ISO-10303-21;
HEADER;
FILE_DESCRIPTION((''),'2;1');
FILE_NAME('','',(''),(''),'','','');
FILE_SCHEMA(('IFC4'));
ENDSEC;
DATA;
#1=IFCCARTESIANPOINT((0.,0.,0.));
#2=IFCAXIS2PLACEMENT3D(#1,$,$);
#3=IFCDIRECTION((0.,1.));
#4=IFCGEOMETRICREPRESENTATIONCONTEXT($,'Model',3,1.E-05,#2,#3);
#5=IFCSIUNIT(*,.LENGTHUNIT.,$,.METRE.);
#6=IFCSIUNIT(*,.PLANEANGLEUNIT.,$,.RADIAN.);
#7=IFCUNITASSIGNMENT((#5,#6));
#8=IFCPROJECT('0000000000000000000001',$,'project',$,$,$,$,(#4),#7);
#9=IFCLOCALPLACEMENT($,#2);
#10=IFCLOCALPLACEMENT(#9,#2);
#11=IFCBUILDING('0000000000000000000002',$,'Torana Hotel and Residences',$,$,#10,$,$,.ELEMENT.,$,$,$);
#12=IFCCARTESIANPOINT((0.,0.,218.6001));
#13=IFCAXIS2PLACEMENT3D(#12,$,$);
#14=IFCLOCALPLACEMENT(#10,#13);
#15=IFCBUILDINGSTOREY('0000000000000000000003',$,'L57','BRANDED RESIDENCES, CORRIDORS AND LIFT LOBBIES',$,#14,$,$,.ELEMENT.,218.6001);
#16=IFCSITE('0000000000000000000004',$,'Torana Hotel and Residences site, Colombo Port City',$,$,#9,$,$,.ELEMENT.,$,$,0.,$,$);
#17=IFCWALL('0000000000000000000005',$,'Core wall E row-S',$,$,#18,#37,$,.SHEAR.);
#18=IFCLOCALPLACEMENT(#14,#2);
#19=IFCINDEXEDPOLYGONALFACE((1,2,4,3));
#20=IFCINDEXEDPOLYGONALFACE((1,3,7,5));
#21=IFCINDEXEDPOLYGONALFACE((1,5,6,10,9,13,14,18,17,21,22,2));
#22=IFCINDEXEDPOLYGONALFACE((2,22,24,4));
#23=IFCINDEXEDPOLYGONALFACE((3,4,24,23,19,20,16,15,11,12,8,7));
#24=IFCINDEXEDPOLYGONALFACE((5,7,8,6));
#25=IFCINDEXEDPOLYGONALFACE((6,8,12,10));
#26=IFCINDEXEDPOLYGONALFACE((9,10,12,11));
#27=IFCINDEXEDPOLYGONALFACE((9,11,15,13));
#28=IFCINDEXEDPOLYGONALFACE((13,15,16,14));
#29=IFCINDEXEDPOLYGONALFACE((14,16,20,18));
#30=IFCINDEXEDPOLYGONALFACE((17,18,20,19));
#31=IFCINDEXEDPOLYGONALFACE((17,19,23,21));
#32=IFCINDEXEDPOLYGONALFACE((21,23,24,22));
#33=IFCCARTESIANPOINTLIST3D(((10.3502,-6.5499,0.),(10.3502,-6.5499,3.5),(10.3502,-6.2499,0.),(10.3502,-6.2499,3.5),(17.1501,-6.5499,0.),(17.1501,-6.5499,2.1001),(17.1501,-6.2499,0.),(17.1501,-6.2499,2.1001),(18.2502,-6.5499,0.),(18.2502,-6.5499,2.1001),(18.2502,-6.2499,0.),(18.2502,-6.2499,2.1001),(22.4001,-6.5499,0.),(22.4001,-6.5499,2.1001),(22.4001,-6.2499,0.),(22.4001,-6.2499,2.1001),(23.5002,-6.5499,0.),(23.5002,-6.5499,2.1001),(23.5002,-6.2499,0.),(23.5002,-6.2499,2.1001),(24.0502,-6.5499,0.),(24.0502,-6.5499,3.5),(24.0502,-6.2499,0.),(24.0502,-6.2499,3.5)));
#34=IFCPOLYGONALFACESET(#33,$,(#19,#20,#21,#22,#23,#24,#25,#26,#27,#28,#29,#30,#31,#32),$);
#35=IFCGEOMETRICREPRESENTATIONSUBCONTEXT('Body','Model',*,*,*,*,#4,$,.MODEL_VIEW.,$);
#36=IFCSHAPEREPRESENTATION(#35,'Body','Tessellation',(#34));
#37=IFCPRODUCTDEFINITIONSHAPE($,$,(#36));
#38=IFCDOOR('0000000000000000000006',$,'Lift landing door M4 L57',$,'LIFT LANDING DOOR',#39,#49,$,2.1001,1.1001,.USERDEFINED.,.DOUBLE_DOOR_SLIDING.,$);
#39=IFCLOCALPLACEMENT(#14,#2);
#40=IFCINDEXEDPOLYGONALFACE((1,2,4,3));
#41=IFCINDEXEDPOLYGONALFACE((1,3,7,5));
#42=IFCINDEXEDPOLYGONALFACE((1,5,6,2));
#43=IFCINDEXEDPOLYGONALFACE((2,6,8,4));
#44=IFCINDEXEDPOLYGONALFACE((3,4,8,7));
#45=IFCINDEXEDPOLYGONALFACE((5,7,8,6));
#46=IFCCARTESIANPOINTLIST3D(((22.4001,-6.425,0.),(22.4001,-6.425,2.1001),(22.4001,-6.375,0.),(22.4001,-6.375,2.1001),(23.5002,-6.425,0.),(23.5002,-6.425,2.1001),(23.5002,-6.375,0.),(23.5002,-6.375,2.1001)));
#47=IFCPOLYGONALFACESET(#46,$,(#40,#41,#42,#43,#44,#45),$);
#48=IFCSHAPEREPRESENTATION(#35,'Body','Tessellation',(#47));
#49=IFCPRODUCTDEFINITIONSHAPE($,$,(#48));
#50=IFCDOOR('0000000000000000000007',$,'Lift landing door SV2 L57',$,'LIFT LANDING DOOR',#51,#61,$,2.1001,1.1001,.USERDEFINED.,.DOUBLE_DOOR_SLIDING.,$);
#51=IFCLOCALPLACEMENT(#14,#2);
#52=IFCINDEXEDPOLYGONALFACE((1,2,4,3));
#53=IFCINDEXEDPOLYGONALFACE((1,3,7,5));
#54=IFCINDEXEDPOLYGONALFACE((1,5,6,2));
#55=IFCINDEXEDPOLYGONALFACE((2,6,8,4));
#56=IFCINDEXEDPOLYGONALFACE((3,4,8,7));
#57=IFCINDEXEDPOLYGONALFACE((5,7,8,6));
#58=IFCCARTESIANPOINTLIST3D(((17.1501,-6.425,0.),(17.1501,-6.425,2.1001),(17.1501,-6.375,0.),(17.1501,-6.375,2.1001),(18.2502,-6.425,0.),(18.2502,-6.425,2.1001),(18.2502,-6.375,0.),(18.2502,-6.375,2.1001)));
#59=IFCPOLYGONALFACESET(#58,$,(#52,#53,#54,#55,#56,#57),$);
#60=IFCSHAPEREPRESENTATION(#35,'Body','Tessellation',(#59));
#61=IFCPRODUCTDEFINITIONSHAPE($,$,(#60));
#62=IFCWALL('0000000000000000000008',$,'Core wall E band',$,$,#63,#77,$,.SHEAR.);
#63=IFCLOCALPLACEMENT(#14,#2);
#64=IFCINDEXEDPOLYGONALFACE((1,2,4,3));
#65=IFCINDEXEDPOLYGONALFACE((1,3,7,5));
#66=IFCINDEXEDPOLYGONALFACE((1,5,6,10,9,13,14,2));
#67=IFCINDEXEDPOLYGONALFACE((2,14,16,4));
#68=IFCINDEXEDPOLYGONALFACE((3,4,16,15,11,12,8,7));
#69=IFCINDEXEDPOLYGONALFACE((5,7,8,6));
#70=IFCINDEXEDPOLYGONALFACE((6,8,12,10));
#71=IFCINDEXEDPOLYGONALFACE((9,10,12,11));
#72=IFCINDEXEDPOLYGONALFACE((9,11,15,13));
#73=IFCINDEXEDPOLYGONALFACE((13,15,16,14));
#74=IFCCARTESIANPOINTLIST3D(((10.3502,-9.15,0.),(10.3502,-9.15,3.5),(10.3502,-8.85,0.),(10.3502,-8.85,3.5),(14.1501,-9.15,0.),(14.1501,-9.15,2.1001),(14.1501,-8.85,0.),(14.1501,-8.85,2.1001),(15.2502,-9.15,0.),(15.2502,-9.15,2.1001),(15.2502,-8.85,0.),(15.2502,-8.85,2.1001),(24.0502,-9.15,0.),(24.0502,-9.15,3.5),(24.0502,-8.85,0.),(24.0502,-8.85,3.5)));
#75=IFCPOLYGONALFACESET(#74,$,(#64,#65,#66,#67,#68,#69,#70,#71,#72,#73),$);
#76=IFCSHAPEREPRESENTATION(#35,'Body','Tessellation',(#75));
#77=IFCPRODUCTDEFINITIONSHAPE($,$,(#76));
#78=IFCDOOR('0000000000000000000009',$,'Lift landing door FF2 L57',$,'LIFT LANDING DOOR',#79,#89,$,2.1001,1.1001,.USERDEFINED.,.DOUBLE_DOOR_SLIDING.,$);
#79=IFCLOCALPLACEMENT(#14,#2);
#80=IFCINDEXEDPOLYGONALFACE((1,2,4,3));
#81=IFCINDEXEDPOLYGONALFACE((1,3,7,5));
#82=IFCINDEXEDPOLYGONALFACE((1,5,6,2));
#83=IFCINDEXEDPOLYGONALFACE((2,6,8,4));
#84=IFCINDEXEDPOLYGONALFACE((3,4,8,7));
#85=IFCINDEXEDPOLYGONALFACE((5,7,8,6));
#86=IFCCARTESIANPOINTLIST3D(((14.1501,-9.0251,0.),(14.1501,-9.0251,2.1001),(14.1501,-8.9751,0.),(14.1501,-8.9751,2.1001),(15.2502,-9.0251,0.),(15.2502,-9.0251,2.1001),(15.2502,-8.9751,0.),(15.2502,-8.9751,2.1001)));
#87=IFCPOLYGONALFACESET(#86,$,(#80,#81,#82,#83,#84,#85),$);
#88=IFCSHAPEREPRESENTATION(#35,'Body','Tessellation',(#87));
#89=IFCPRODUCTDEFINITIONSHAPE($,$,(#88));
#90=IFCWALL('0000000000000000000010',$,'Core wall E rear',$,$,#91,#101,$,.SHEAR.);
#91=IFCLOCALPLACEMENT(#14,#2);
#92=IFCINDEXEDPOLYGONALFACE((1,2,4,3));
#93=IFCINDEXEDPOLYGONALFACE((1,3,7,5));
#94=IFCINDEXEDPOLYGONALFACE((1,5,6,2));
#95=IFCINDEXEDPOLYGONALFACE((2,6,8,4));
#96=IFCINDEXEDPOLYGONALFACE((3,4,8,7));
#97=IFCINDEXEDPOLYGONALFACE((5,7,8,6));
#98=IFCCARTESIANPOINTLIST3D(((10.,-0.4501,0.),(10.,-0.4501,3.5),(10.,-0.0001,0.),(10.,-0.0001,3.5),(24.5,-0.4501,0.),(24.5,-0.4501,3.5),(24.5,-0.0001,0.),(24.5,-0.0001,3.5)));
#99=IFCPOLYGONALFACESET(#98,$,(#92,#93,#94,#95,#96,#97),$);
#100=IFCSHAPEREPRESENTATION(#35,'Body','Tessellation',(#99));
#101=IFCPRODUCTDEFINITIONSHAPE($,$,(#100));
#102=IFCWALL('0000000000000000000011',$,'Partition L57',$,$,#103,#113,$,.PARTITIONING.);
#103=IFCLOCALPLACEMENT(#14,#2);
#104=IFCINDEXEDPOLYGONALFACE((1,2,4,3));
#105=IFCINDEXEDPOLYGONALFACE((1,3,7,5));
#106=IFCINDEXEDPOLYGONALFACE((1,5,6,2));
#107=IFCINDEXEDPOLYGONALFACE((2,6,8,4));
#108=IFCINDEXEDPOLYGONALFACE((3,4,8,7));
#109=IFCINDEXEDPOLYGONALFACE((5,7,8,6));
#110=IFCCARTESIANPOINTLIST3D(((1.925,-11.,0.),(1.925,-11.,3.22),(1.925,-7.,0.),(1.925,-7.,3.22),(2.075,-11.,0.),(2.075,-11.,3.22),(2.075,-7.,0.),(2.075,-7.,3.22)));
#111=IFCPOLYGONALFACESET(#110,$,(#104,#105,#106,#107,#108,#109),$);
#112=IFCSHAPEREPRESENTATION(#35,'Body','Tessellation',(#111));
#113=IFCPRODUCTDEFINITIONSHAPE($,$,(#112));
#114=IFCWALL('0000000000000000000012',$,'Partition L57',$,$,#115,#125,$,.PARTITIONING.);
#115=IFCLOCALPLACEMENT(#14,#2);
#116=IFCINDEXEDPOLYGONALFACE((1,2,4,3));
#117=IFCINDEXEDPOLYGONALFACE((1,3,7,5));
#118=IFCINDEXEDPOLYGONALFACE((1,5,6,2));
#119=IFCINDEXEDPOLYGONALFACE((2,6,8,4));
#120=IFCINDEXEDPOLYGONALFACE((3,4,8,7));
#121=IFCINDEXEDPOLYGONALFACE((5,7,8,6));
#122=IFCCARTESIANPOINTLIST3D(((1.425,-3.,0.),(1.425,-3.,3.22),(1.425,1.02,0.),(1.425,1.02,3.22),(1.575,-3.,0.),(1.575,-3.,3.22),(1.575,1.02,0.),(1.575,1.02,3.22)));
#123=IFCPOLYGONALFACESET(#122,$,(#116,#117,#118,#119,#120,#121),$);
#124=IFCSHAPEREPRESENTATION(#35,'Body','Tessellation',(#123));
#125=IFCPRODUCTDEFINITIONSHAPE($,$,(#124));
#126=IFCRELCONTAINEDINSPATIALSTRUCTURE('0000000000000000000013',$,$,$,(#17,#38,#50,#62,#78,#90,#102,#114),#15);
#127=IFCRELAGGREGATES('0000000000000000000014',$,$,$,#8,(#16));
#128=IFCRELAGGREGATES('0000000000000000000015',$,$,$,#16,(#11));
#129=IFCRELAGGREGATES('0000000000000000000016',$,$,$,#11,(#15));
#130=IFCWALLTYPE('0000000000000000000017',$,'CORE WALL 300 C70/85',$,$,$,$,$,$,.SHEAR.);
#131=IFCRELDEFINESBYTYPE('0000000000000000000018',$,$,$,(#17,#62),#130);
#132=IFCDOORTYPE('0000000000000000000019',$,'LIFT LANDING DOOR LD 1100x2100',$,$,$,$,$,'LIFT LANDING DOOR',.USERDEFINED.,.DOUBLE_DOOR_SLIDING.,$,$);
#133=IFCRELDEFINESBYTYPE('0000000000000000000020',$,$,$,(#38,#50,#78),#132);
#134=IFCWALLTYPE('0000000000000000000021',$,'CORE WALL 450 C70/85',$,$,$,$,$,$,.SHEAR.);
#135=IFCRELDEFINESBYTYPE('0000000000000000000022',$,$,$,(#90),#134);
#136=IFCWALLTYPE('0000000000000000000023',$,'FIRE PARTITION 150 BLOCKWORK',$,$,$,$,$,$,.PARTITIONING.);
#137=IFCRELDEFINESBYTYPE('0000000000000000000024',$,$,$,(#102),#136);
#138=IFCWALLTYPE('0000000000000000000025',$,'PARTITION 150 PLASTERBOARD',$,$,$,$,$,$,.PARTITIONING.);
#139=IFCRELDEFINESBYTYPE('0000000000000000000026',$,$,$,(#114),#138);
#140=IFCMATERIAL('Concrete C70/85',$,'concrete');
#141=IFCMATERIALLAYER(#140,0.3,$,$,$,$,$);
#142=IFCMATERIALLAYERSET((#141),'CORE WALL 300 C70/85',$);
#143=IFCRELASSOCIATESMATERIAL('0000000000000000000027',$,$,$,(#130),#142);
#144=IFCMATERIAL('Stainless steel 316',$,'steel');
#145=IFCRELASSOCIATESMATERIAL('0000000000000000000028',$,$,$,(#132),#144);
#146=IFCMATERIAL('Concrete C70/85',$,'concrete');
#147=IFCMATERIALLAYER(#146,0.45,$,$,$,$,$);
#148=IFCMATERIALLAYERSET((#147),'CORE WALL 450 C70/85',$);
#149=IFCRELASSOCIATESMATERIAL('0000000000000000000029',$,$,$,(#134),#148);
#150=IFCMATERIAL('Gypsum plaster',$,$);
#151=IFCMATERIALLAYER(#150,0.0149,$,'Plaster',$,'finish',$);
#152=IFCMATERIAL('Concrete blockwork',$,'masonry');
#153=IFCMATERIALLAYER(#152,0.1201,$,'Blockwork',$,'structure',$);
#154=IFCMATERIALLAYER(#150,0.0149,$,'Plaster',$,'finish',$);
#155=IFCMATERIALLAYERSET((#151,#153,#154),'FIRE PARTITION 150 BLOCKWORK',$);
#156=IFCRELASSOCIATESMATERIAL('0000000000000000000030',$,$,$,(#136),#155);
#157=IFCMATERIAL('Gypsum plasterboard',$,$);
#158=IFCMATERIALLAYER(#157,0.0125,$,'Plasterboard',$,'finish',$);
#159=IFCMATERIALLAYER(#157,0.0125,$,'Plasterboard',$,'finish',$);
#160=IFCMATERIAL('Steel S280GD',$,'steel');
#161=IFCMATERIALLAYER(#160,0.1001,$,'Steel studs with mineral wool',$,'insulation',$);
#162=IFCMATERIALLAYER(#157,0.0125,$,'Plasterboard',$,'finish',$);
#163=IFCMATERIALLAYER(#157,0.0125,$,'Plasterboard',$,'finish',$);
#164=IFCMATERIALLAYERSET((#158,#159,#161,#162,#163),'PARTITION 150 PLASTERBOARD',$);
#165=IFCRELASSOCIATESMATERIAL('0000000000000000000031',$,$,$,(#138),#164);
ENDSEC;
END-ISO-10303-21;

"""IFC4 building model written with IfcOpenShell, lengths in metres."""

from ifc_helpers import new_model, si_unit, direction, frame, frame_2d, origin, place, context, subcontext, project, spatial, rectangle, extrude, material, layer, layer_set, type_object, element, fill, save


model = new_model("IFC4")

# Units and contexts
model_context = context("Model", 3, precision=1e-05, world=origin(), true_north=direction((0.0, 1.0)))
body_context = subcontext(model_context, "Body", "Model", "MODEL_VIEW")
ifc_project = project(units=[si_unit("LENGTHUNIT", "METRE"), si_unit("PLANEANGLEUNIT", "RADIAN")], contexts=[model_context])

# Site, building, storey
site_placement = place(None, origin())
site = spatial("IfcSite", under=ifc_project, at=site_placement, Name="Torana Hotel and Residences site, Colombo Port City", CompositionType="ELEMENT", RefElevation=0.0)
building_placement = place(site_placement, origin())
building = spatial("IfcBuilding", under=site, at=building_placement, Name="Torana Hotel and Residences", CompositionType="ELEMENT")
storey_placement = place(building_placement, frame((0.0, 0.0, 218.6001)))
storey = spatial("IfcBuildingStorey", under=building, at=storey_placement, Name="L57", Description="BRANDED RESIDENCES, CORRIDORS AND LIFT LOBBIES", CompositionType="ELEMENT", Elevation=218.6001)

# Wall, openings, doors
ifc_material_1 = material(Name="Concrete C70/85", Category="concrete")
ifc_layer_1 = layer(ifc_material_1, 0.3)
ifc_layer_set_1 = layer_set([ifc_layer_1], Name="CORE WALL 300 C70/85")
wall_type_1 = type_object("IfcWallType", Name="CORE WALL 300 C70/85", PredefinedType="SHEAR", material=ifc_layer_set_1)
ifc_material_2 = material(Name="Stainless steel 316", Category="steel")
door_type_1 = type_object("IfcDoorType", Name="LIFT LANDING DOOR LD 1100x2100", ElementType="LIFT LANDING DOOR", OperationType="DOUBLE_DOOR_SLIDING", PredefinedType="USERDEFINED", material=ifc_material_2)
wall_1_placement = place(storey_placement, frame((10.3501, -6.3999, 0.0), z_axis=(0.0, 0.0, 1.0), x_axis=(1.0, 0.0, 0.0)))
wall_1 = element("IfcWall", 1, at=wall_1_placement, inside=storey, type_object=wall_type_1, Name="Core wall E row-S", PredefinedType="SHEAR", context=body_context, shape_type="SweptSolid", body=[
    extrude(rectangle(XDim=13.7, YDim=0.3, at=frame_2d((6.8501, 0.0))), origin(), (0.0, 0.0, 1.0), 3.5),
])
opening_1_placement = place(wall_1_placement, frame((12.05, 0.0, 0.0)))
opening_1 = element("IfcOpeningElement", 2, at=opening_1_placement, cuts=wall_1, PredefinedType="OPENING", context=body_context, shape_type="SweptSolid", body=[
    extrude(rectangle(XDim=1.1001, YDim=2.1001, at=frame_2d((0.55, 1.05))), frame((0.0, 0.1599, 0.0), z_axis=(0.0, -1.0, 0.0), x_axis=(1.0, 0.0, 0.0)), (0.0, 0.0, 1.0), 0.3201),
])
opening_2_placement = place(wall_1_placement, frame((6.8, 0.0, 0.0)))
opening_2 = element("IfcOpeningElement", 3, at=opening_2_placement, cuts=wall_1, PredefinedType="OPENING", context=body_context, shape_type="SweptSolid", body=[
    extrude(rectangle(XDim=1.1001, YDim=2.1001, at=frame_2d((0.55, 1.05))), frame((0.0, 0.1599, 0.0), z_axis=(0.0, -1.0, 0.0), x_axis=(1.0, 0.0, 0.0)), (0.0, 0.0, 1.0), 0.3201),
])
door_1_placement = place(opening_1_placement, origin())
door_1 = element("IfcDoor", 4, at=door_1_placement, inside=storey, type_object=door_type_1, Name="Lift landing door M4 L57", ObjectType="LIFT LANDING DOOR", OperationType="DOUBLE_DOOR_SLIDING", OverallHeight=2.1001, OverallWidth=1.1001, PredefinedType="USERDEFINED", context=body_context, shape_type="SweptSolid", body=[
    extrude(rectangle(XDim=1.1001, YDim=2.1001, at=frame_2d((0.55, 1.05))), frame((0.0, 0.0249, 0.0), z_axis=(0.0, -1.0, 0.0), x_axis=(1.0, 0.0, 0.0)), (0.0, 0.0, 1.0), 0.05),
])
fill(opening_1, door_1)
door_2_placement = place(opening_2_placement, origin())
door_2 = element("IfcDoor", 5, at=door_2_placement, inside=storey, type_object=door_type_1, Name="Lift landing door SV2 L57", ObjectType="LIFT LANDING DOOR", OperationType="DOUBLE_DOOR_SLIDING", OverallHeight=2.1001, OverallWidth=1.1001, PredefinedType="USERDEFINED", context=body_context, shape_type="SweptSolid", body=[
    extrude(rectangle(XDim=1.1001, YDim=2.1001, at=frame_2d((0.55, 1.05))), frame((0.0, 0.0249, 0.0), z_axis=(0.0, -1.0, 0.0), x_axis=(1.0, 0.0, 0.0)), (0.0, 0.0, 1.0), 0.05),
])
fill(opening_2, door_2)

# Wall, opening, door
wall_2_placement = place(storey_placement, frame((10.3501, -9.0, 0.0), z_axis=(0.0, 0.0, 1.0), x_axis=(1.0, 0.0, 0.0)))
wall_2 = element("IfcWall", 6, at=wall_2_placement, inside=storey, type_object=wall_type_1, Name="Core wall E band", PredefinedType="SHEAR", context=body_context, shape_type="SweptSolid", body=[
    extrude(rectangle(XDim=13.7, YDim=0.3, at=frame_2d((6.8501, 0.0))), origin(), (0.0, 0.0, 1.0), 3.5),
])
opening_3_placement = place(wall_2_placement, frame((3.8, 0.0, 0.0)))
opening_3 = element("IfcOpeningElement", 7, at=opening_3_placement, cuts=wall_2, PredefinedType="OPENING", context=body_context, shape_type="SweptSolid", body=[
    extrude(rectangle(XDim=1.1001, YDim=2.1001, at=frame_2d((0.55, 1.05))), frame((0.0, 0.1599, 0.0), z_axis=(0.0, -1.0, 0.0), x_axis=(1.0, 0.0, 0.0)), (0.0, 0.0, 1.0), 0.3201),
])
door_3_placement = place(opening_3_placement, origin())
door_3 = element("IfcDoor", 8, at=door_3_placement, inside=storey, type_object=door_type_1, Name="Lift landing door FF2 L57", ObjectType="LIFT LANDING DOOR", OperationType="DOUBLE_DOOR_SLIDING", OverallHeight=2.1001, OverallWidth=1.1001, PredefinedType="USERDEFINED", context=body_context, shape_type="SweptSolid", body=[
    extrude(rectangle(XDim=1.1001, YDim=2.1001, at=frame_2d((0.55, 1.05))), frame((0.0, 0.0249, 0.0), z_axis=(0.0, -1.0, 0.0), x_axis=(1.0, 0.0, 0.0)), (0.0, 0.0, 1.0), 0.05),
])
fill(opening_3, door_3)

# Walls
ifc_material_3 = material(Name="Concrete C70/85", Category="concrete")
ifc_layer_2 = layer(ifc_material_3, 0.45)
ifc_layer_set_2 = layer_set([ifc_layer_2], Name="CORE WALL 450 C70/85")
wall_type_2 = type_object("IfcWallType", Name="CORE WALL 450 C70/85", PredefinedType="SHEAR", material=ifc_layer_set_2)
wall_3_placement = place(storey_placement, frame((10.0, -0.2251, 0.0), z_axis=(0.0, 0.0, 1.0), x_axis=(1.0, 0.0, 0.0)))
element("IfcWall", 9, at=wall_3_placement, inside=storey, type_object=wall_type_2, Name="Core wall E rear", PredefinedType="SHEAR", context=body_context, shape_type="SweptSolid", body=[
    extrude(rectangle(XDim=14.5, YDim=0.45, at=frame_2d((7.25, 0.0))), origin(), (0.0, 0.0, 1.0), 3.5),
])
ifc_material_4 = material(Name="Gypsum plaster")
ifc_layer_3 = layer(ifc_material_4, 0.0149, Name="Plaster", Category="finish")
ifc_material_5 = material(Name="Concrete blockwork", Category="masonry")
ifc_layer_4 = layer(ifc_material_5, 0.1201, Name="Blockwork", Category="structure")
ifc_layer_5 = layer(ifc_material_4, 0.0149, Name="Plaster", Category="finish")
ifc_layer_set_3 = layer_set([ifc_layer_3, ifc_layer_4, ifc_layer_5], Name="FIRE PARTITION 150 BLOCKWORK")
wall_type_3 = type_object("IfcWallType", Name="FIRE PARTITION 150 BLOCKWORK", PredefinedType="PARTITIONING", material=ifc_layer_set_3)
wall_4_placement = place(storey_placement, frame((2.0, -11.0, 0.0), z_axis=(0.0, 0.0, 1.0), x_axis=(0.0, 1.0, 0.0)))
element("IfcWall", 10, at=wall_4_placement, inside=storey, type_object=wall_type_3, Name="Partition L57", PredefinedType="PARTITIONING", context=body_context, shape_type="SweptSolid", body=[
    extrude(rectangle(XDim=4.0, YDim=0.1499, at=frame_2d((2.0, 0.0))), origin(), (0.0, 0.0, 1.0), 3.22),
])
ifc_material_6 = material(Name="Gypsum plasterboard")
ifc_layer_6 = layer(ifc_material_6, 0.0125, Name="Plasterboard", Category="finish")
ifc_layer_7 = layer(ifc_material_6, 0.0125, Name="Plasterboard", Category="finish")
ifc_material_7 = material(Name="Steel S280GD", Category="steel")
ifc_layer_8 = layer(ifc_material_7, 0.1001, Name="Steel studs with mineral wool", Category="insulation")
ifc_layer_9 = layer(ifc_material_6, 0.0125, Name="Plasterboard", Category="finish")
ifc_layer_10 = layer(ifc_material_6, 0.0125, Name="Plasterboard", Category="finish")
ifc_layer_set_4 = layer_set([ifc_layer_6, ifc_layer_7, ifc_layer_8, ifc_layer_9, ifc_layer_10], Name="PARTITION 150 PLASTERBOARD")
wall_type_4 = type_object("IfcWallType", Name="PARTITION 150 PLASTERBOARD", PredefinedType="PARTITIONING", material=ifc_layer_set_4)
wall_5_placement = place(storey_placement, frame((1.5, -3.0, 0.0), z_axis=(0.0, 0.0, 1.0), x_axis=(0.0, 1.0, 0.0)))
element("IfcWall", 11, at=wall_5_placement, inside=storey, type_object=wall_type_4, Name="Partition L57", PredefinedType="PARTITIONING", context=body_context, shape_type="SweptSolid", body=[
    extrude(rectangle(XDim=4.02, YDim=0.1499, at=frame_2d((2.01, 0.0))), origin(), (0.0, 0.0, 1.0), 3.22),
])

save(model, "model.ifc")
